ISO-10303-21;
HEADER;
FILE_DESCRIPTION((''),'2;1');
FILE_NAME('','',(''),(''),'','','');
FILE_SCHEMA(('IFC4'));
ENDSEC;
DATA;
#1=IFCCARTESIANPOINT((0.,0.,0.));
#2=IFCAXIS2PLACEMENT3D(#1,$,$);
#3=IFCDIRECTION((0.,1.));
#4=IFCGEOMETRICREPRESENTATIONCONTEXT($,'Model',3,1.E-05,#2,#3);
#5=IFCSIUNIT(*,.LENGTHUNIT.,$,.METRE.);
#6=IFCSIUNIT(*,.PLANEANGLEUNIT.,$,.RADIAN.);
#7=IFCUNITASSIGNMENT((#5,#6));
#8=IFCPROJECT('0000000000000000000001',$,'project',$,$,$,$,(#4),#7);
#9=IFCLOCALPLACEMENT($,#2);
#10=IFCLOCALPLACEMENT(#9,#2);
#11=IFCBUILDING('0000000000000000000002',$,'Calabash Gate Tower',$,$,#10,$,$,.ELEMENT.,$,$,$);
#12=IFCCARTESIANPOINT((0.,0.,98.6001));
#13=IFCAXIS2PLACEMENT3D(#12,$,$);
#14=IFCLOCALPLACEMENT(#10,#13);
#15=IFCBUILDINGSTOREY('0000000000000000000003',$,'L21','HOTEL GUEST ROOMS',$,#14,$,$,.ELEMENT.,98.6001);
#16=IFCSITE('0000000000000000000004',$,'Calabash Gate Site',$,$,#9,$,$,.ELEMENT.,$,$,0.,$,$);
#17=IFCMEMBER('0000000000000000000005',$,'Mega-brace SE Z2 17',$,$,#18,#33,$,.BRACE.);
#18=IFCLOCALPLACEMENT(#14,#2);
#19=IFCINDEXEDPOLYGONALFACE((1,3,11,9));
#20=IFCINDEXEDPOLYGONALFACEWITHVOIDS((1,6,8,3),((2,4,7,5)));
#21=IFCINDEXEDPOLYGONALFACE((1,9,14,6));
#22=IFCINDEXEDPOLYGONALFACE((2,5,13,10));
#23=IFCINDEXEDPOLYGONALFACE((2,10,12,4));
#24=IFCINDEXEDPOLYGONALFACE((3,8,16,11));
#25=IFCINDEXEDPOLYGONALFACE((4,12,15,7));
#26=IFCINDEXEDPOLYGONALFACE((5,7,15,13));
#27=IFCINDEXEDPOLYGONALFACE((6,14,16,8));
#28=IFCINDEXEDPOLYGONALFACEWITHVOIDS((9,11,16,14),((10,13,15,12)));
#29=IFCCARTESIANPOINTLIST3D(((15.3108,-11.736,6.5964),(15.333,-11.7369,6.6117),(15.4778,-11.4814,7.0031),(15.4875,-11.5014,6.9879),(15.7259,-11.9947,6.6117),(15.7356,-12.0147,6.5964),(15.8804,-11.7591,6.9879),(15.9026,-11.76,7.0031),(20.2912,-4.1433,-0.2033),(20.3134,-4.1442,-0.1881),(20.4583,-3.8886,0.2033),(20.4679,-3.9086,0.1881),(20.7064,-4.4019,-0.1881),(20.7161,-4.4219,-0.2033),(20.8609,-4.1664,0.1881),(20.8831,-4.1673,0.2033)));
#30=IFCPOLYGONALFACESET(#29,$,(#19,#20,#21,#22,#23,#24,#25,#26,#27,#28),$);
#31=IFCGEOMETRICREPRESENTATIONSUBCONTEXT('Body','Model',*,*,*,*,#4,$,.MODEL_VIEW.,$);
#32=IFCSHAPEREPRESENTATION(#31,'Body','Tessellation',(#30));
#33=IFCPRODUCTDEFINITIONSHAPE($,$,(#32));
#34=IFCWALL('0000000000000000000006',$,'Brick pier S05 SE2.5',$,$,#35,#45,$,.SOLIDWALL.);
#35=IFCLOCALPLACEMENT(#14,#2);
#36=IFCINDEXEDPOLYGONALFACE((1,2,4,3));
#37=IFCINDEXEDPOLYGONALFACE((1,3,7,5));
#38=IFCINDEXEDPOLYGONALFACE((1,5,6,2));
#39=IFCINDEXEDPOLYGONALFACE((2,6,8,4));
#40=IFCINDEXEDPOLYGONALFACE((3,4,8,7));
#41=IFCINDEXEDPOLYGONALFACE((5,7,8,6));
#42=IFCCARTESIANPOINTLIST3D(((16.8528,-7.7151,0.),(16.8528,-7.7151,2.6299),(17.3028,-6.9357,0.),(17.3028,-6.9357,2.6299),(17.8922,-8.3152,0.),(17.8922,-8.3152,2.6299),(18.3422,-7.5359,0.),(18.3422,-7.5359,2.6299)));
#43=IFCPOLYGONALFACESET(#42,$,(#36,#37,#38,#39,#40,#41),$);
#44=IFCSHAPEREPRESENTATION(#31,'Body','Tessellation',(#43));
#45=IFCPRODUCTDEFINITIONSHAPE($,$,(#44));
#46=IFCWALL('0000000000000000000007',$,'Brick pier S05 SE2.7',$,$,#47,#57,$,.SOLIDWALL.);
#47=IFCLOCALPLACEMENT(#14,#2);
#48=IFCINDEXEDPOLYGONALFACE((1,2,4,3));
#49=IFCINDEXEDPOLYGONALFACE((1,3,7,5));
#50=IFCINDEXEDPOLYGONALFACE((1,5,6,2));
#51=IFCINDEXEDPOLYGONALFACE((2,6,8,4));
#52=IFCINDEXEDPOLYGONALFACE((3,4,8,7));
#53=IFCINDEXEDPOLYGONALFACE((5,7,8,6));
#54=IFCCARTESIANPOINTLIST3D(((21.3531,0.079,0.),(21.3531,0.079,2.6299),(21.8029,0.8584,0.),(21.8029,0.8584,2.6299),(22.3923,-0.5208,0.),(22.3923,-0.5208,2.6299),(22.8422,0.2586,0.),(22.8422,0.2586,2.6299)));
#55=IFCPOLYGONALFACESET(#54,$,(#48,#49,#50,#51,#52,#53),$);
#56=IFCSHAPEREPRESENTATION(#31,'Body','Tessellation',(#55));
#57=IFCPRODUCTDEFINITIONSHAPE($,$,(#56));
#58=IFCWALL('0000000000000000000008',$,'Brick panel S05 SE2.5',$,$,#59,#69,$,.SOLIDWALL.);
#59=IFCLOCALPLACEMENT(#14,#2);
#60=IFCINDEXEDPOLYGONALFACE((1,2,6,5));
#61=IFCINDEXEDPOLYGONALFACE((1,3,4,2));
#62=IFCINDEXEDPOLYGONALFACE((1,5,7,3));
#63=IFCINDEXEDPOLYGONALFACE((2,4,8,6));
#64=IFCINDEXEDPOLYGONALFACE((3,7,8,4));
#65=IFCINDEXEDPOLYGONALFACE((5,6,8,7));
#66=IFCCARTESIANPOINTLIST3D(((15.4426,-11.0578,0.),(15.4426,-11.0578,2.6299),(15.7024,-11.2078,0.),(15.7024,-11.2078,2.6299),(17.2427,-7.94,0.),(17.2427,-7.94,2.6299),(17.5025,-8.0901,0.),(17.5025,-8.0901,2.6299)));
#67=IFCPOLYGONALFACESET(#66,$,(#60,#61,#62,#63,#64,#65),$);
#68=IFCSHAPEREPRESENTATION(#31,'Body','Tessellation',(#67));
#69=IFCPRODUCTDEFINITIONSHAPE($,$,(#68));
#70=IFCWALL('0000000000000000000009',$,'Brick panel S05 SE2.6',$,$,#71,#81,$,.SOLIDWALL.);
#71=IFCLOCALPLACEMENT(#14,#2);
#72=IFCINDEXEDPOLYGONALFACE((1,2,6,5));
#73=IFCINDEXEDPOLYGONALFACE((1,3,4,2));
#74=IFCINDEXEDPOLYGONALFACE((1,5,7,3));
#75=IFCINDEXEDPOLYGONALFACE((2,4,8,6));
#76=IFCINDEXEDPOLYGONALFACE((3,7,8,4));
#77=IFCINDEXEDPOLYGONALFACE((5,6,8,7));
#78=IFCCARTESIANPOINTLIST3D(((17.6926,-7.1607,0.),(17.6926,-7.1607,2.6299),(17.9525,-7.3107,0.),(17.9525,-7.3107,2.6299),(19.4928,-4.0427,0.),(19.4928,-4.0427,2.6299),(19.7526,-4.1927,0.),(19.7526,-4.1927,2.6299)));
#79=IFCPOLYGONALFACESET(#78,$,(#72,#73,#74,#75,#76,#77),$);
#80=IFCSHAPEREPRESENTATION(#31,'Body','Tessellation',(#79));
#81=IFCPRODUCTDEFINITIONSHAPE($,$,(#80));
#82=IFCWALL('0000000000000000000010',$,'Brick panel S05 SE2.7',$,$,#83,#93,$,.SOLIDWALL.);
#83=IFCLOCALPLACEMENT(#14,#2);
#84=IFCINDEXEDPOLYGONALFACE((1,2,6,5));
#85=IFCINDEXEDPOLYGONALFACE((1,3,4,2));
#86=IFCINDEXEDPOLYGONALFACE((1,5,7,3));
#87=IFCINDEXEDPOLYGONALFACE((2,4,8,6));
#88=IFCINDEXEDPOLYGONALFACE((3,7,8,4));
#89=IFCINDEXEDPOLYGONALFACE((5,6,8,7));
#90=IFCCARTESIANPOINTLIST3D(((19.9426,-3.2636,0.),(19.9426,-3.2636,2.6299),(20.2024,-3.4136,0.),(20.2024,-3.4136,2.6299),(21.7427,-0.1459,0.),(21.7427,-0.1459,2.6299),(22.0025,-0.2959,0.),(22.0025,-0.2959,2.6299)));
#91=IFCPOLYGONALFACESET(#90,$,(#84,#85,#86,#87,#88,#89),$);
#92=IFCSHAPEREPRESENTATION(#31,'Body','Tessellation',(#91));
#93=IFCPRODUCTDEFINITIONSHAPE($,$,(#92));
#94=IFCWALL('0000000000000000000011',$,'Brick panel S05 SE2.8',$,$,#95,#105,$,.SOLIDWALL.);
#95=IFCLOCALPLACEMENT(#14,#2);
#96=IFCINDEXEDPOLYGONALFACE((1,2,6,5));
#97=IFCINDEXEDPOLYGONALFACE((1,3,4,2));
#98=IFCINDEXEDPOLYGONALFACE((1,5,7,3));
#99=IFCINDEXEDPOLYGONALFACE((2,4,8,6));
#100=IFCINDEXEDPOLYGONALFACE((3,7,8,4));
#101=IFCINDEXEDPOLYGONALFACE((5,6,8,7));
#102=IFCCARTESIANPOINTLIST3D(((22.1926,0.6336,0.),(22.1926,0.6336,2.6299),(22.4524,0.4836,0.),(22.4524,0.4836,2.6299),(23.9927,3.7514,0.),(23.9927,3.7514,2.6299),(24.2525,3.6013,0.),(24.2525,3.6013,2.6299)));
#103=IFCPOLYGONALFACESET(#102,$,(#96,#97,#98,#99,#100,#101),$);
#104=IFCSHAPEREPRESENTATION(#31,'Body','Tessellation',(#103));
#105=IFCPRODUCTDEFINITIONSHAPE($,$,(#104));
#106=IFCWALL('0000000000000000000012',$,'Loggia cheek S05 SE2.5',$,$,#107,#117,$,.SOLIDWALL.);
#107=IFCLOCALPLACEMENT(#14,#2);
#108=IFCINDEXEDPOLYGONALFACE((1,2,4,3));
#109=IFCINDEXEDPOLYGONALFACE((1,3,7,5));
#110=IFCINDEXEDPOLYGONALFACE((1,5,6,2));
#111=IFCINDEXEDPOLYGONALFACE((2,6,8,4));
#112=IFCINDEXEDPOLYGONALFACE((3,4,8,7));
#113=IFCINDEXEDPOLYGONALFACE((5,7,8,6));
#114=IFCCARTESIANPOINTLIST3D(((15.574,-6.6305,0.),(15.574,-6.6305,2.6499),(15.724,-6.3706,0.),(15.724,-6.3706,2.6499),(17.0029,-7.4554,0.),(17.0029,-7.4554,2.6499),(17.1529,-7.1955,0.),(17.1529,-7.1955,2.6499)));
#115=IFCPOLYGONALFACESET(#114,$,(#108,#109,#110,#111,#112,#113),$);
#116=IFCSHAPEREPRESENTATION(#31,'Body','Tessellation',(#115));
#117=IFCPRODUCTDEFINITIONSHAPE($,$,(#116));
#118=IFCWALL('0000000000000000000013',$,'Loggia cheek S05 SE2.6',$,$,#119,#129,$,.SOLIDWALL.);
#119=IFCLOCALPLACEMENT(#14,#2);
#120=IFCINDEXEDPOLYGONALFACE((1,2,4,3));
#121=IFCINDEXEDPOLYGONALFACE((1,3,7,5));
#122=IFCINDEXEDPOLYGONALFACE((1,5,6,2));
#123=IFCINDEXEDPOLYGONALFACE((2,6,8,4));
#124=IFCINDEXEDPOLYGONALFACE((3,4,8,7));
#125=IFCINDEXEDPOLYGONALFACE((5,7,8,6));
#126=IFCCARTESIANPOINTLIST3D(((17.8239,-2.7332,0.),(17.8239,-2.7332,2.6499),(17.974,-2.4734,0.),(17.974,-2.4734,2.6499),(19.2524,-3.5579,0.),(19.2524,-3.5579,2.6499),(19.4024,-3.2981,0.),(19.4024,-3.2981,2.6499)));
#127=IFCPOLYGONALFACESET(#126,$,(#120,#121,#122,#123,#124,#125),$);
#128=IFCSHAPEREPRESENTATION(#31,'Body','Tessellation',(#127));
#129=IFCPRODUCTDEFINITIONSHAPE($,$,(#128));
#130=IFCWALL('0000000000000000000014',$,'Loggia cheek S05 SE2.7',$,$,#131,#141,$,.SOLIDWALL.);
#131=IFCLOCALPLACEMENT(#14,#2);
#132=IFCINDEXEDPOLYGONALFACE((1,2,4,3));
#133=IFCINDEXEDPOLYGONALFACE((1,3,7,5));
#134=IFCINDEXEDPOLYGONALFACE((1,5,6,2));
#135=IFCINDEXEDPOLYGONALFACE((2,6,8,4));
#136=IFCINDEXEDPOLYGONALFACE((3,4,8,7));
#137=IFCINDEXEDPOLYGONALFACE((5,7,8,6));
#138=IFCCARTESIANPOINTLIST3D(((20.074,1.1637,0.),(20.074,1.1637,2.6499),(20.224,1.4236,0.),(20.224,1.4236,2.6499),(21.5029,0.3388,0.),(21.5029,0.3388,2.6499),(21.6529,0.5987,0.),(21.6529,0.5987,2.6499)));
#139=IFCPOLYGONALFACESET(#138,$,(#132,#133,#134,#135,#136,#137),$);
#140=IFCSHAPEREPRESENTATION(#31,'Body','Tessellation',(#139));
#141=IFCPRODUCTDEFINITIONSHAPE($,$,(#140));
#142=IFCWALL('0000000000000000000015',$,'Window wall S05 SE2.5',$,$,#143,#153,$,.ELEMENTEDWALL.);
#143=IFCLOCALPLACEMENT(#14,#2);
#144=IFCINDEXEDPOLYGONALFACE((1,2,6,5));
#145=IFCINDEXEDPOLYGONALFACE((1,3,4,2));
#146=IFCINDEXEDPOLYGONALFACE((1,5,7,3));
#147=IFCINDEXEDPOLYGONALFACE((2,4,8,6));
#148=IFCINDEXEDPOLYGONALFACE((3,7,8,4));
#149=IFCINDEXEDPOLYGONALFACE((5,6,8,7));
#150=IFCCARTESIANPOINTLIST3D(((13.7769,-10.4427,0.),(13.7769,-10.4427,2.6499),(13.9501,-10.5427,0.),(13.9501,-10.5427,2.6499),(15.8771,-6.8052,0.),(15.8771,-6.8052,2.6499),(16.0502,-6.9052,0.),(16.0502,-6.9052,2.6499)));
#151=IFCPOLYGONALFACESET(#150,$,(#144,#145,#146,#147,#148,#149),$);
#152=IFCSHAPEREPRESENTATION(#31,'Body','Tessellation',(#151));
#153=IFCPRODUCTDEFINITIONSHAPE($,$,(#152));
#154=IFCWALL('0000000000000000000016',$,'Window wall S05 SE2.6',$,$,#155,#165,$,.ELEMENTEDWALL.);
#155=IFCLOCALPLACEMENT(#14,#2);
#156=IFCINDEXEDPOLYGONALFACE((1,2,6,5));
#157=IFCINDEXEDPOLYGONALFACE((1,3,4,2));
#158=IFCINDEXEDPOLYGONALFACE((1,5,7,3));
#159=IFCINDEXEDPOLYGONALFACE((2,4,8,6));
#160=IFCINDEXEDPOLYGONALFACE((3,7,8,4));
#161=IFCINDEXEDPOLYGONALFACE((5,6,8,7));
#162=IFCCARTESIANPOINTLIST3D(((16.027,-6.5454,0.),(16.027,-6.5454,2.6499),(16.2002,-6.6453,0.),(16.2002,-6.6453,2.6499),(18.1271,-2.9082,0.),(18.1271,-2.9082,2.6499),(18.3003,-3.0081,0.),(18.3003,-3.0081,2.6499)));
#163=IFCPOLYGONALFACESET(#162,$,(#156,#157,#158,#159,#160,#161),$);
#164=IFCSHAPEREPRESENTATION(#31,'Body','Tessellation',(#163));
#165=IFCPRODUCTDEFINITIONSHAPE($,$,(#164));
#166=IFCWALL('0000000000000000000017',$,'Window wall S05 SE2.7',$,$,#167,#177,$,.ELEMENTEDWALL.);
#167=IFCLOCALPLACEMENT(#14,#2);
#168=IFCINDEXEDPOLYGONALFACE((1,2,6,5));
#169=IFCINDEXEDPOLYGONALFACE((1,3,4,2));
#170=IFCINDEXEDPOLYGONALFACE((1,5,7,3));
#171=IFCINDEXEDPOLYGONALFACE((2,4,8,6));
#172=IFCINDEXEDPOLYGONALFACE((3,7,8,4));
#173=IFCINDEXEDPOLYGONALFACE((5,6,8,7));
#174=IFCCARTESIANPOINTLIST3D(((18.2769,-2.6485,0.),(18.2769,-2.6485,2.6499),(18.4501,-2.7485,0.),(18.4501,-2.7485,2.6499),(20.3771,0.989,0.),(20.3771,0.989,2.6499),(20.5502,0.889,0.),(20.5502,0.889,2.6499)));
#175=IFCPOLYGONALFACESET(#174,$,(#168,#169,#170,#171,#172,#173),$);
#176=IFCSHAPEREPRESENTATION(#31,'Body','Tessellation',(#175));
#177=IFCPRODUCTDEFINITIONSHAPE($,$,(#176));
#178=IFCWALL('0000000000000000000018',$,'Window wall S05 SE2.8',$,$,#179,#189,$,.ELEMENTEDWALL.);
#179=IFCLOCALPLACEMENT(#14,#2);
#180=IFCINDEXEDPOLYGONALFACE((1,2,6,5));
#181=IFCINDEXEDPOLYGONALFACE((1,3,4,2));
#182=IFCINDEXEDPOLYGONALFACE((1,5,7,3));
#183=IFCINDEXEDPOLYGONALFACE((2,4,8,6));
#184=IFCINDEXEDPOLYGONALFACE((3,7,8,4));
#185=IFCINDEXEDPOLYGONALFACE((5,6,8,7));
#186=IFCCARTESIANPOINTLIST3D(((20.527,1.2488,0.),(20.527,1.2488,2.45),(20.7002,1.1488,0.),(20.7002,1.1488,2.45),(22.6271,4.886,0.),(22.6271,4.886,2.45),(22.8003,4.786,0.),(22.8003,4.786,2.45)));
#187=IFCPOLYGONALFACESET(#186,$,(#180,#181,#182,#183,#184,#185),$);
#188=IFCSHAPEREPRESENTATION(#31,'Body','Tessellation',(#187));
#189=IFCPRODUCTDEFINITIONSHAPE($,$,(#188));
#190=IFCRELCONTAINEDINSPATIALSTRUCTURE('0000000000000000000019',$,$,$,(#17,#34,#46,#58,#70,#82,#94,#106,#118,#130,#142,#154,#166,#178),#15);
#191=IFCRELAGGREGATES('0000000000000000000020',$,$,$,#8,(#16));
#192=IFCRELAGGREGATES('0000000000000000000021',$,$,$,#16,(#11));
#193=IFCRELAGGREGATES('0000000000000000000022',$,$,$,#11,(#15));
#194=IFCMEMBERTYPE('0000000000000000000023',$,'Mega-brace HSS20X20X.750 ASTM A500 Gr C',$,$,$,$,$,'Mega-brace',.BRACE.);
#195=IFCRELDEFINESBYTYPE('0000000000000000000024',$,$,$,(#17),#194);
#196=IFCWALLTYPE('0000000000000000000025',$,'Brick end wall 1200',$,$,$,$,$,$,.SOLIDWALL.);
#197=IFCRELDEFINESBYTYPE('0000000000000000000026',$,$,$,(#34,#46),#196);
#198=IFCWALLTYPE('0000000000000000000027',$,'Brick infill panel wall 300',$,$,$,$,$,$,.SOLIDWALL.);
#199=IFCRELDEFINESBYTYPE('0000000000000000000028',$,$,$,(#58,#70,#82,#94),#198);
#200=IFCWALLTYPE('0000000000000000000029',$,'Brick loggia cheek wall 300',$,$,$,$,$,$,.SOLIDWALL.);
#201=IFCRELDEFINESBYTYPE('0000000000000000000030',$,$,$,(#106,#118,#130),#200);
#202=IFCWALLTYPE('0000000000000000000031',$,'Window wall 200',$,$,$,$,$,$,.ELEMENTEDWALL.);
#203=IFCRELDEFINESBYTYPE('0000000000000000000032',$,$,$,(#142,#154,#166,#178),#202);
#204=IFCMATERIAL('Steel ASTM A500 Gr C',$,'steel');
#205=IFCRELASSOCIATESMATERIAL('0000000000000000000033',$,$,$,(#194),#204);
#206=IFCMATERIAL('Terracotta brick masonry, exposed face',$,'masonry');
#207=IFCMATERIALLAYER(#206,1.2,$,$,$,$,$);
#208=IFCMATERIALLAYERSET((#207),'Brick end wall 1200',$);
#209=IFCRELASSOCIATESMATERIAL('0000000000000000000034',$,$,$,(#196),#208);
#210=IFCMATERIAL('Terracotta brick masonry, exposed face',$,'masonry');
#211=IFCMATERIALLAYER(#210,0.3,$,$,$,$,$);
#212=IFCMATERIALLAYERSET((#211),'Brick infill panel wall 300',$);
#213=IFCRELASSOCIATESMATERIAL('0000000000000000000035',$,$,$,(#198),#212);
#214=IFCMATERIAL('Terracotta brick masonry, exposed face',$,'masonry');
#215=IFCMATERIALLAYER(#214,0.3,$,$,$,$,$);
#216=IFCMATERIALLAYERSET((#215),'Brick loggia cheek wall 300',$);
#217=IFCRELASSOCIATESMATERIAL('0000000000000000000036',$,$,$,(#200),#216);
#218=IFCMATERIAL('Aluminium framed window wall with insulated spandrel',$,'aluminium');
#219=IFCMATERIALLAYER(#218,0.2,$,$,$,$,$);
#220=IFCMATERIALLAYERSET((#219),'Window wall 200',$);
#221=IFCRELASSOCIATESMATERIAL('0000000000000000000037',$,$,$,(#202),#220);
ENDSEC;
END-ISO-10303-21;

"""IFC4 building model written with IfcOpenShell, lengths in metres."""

from ifc_helpers import new_model, si_unit, direction, frame, frame_2d, origin, origin_2d, place, context, subcontext, project, spatial, rectangle, hollow_rectangle, extrude, material, layer, layer_set, material_profile, profile_set, type_object, element, save


model = new_model("IFC4")

# Units and contexts
model_context = context("Model", 3, precision=1e-05, world=origin(), true_north=direction((0.0, 1.0)))
body_context = subcontext(model_context, "Body", "Model", "MODEL_VIEW")
ifc_project = project(units=[si_unit("LENGTHUNIT", "METRE"), si_unit("PLANEANGLEUNIT", "RADIAN")], contexts=[model_context])

# Site, building, storey
site_placement = place(None, origin())
site = spatial("IfcSite", under=ifc_project, at=site_placement, Name="Calabash Gate Site", CompositionType="ELEMENT", RefElevation=0.0)
building_placement = place(site_placement, origin())
building = spatial("IfcBuilding", under=site, at=building_placement, Name="Calabash Gate Tower", CompositionType="ELEMENT")
storey_placement = place(building_placement, frame((0.0, 0.0, 98.6001)))
storey = spatial("IfcBuildingStorey", under=building, at=storey_placement, Name="L21", Description="HOTEL GUEST ROOMS", CompositionType="ELEMENT", Elevation=98.6001)

# Member
ifc_material_1 = material(Name="Steel ASTM A500 Gr C", Category="steel")
ifc_material_profile_1 = material_profile(ifc_material_1, hollow_rectangle(XDim=0.5081, YDim=0.5081, WallThickness=0.019, at=origin_2d()))
ifc_profile_set_1 = profile_set([ifc_material_profile_1], Name="Steel ASTM A500 Gr C")
member_type = type_object("IfcMemberType", Name="Mega-brace HSS20X20X.750 ASTM A500 Gr C", ElementType="Mega-brace", PredefinedType="BRACE", material=ifc_profile_set_1)
member_placement = place(storey_placement, frame((20.5872, -4.1553, 0.0), z_axis=(-0.439029, -0.669304, 0.599404), x_axis=(0.836164, -0.54848, 0.0)))
element("IfcMember", 1, at=member_placement, inside=storey, type_object=member_type, Name="Mega-brace SE Z2 17", PredefinedType="BRACE", context=body_context, shape_type="SweptSolid", body=[
    extrude(hollow_rectangle(XDim=0.5081, YDim=0.5081, WallThickness=0.019, at=origin_2d()), origin(), (0.0, 0.0, 1.0), 11.3442),
])

# Walls
ifc_material_2 = material(Name="Terracotta brick masonry, exposed face", Category="masonry")
ifc_layer_1 = layer(ifc_material_2, 1.2)
ifc_layer_set_1 = layer_set([ifc_layer_1], Name="Brick end wall 1200")
wall_type_1 = type_object("IfcWallType", Name="Brick end wall 1200", PredefinedType="SOLIDWALL", material=ifc_layer_set_1)
wall_1_placement = place(storey_placement, frame((18.1172, -7.9255, 0.0), z_axis=(0.0, 0.0, 1.0), x_axis=(-0.866006, 0.500034, 0.0)))
element("IfcWall", 2, at=wall_1_placement, inside=storey, type_object=wall_type_1, Name="Brick pier S05 SE2.5", PredefinedType="SOLIDWALL", context=body_context, shape_type="SweptSolid", body=[
    extrude(rectangle(XDim=1.2002, YDim=0.8999, at=frame_2d((0.6001, 0.0))), origin(), (0.0, 0.0, 1.0), 2.6299),
])
wall_2_placement = place(storey_placement, frame((21.5779, 0.4688, 0.0), z_axis=(0.0, 0.0, 1.0), x_axis=(0.866094, -0.499881, 0.0)))
element("IfcWall", 3, at=wall_2_placement, inside=storey, type_object=wall_type_1, Name="Brick pier S05 SE2.7", PredefinedType="SOLIDWALL", context=body_context, shape_type="SweptSolid", body=[
    extrude(rectangle(XDim=1.2, YDim=0.8999, at=frame_2d((0.6001, 0.0))), origin(), (0.0, 0.0, 1.0), 2.6299),
])
ifc_material_3 = material(Name="Terracotta brick masonry, exposed face", Category="masonry")
ifc_layer_2 = layer(ifc_material_3, 0.3)
ifc_layer_set_2 = layer_set([ifc_layer_2], Name="Brick infill panel wall 300")
wall_type_2 = type_object("IfcWallType", Name="Brick infill panel wall 300", PredefinedType="SOLIDWALL", material=ifc_layer_set_2)
wall_3_placement = place(storey_placement, frame((15.5725, -11.1328, 0.0), z_axis=(0.0, 0.0, 1.0), x_axis=(0.500012, 0.866018, 0.0)))
element("IfcWall", 4, at=wall_3_placement, inside=storey, type_object=wall_type_2, Name="Brick panel S05 SE2.5", PredefinedType="SOLIDWALL", context=body_context, shape_type="SweptSolid", body=[
    extrude(rectangle(XDim=3.6001, YDim=0.3, at=frame_2d((1.8, 0.0))), origin(), (0.0, 0.0, 1.0), 2.6299),
])
wall_4_placement = place(storey_placement, frame((17.8225, -7.2358, 0.0), z_axis=(0.0, 0.0, 1.0), x_axis=(0.499983, 0.866035, 0.0)))
element("IfcWall", 5, at=wall_4_placement, inside=storey, type_object=wall_type_2, Name="Brick panel S05 SE2.6", PredefinedType="SOLIDWALL", context=body_context, shape_type="SweptSolid", body=[
    extrude(rectangle(XDim=3.6003, YDim=0.3, at=frame_2d((1.8003, 0.0))), origin(), (0.0, 0.0, 1.0), 2.6299),
])
for number, where, z_axis, x_axis, name in (
    (6, (20.0725, -3.3386, 0.0), (0.0, 0.0, 1.0), (0.500012, 0.866018, 0.0), "Brick panel S05 SE2.7"),
    (7, (22.3225, 0.5586, 0.0), (0.0, 0.0, 1.0), (0.500012, 0.866018, 0.0), "Brick panel S05 SE2.8"),
):
    element("IfcWall", number, at=place(storey_placement, frame(where, z_axis=z_axis, x_axis=x_axis)), inside=storey, type_object=wall_type_2, Name=name, PredefinedType="SOLIDWALL", context=body_context, shape_type="SweptSolid", body=[
        extrude(rectangle(XDim=3.6001, YDim=0.3, at=frame_2d((1.8, 0.0))), origin(), (0.0, 0.0, 1.0), 2.6299),
    ])
ifc_material_4 = material(Name="Terracotta brick masonry, exposed face", Category="masonry")
ifc_layer_3 = layer(ifc_material_4, 0.3)
ifc_layer_set_3 = layer_set([ifc_layer_3], Name="Brick loggia cheek wall 300")
wall_type_3 = type_object("IfcWallType", Name="Brick loggia cheek wall 300", PredefinedType="SOLIDWALL", material=ifc_layer_set_3)
wall_5_placement = place(storey_placement, frame((17.0779, -7.3254, 0.0), z_axis=(0.0, 0.0, 1.0), x_axis=(-0.86604, 0.499974, 0.0)))
element("IfcWall", 8, at=wall_5_placement, inside=storey, type_object=wall_type_3, Name="Loggia cheek S05 SE2.5", PredefinedType="SOLIDWALL", context=body_context, shape_type="SweptSolid", body=[
    extrude(rectangle(XDim=1.6499, YDim=0.3, at=frame_2d((0.825, 0.0))), origin(), (0.0, 0.0, 1.0), 2.6499),
])
wall_6_placement = place(storey_placement, frame((19.3274, -3.428, 0.0), z_axis=(0.0, 0.0, 1.0), x_axis=(-0.86603, 0.499992, 0.0)))
element("IfcWall", 9, at=wall_6_placement, inside=storey, type_object=wall_type_3, Name="Loggia cheek S05 SE2.6", PredefinedType="SOLIDWALL", context=body_context, shape_type="SweptSolid", body=[
    extrude(rectangle(XDim=1.6494, YDim=0.3, at=frame_2d((0.8247, 0.0))), origin(), (0.0, 0.0, 1.0), 2.6499),
])
wall_7_placement = place(storey_placement, frame((21.5779, 0.4688, 0.0), z_axis=(0.0, 0.0, 1.0), x_axis=(-0.86604, 0.499974, 0.0)))
element("IfcWall", 10, at=wall_7_placement, inside=storey, type_object=wall_type_3, Name="Loggia cheek S05 SE2.7", PredefinedType="SOLIDWALL", context=body_context, shape_type="SweptSolid", body=[
    extrude(rectangle(XDim=1.6499, YDim=0.3, at=frame_2d((0.825, 0.0))), origin(), (0.0, 0.0, 1.0), 2.6499),
])
ifc_material_5 = material(Name="Aluminium framed window wall with insulated spandrel", Category="aluminium")
ifc_layer_4 = layer(ifc_material_5, 0.2)
ifc_layer_set_4 = layer_set([ifc_layer_4], Name="Window wall 200")
wall_type_4 = type_object("IfcWallType", Name="Window wall 200", PredefinedType="ELEMENTEDWALL", material=ifc_layer_set_4)
wall_8_placement = place(storey_placement, frame((13.8635, -10.4927, 0.0), z_axis=(0.0, 0.0, 1.0), x_axis=(0.500003, 0.866024, 0.0)))
element("IfcWall", 11, at=wall_8_placement, inside=storey, type_object=wall_type_4, Name="Window wall S05 SE2.5", PredefinedType="ELEMENTEDWALL", context=body_context, shape_type="SweptSolid", body=[
    extrude(rectangle(XDim=4.2002, YDim=0.2, at=frame_2d((2.1001, 0.0))), origin(), (0.0, 0.0, 1.0), 2.6499),
])
wall_9_placement = place(storey_placement, frame((16.1135, -6.5955, 0.0), z_axis=(0.0, 0.0, 1.0), x_axis=(0.500028, 0.866009, 0.0)))
element("IfcWall", 12, at=wall_9_placement, inside=storey, type_object=wall_type_4, Name="Window wall S05 SE2.6", PredefinedType="ELEMENTEDWALL", context=body_context, shape_type="SweptSolid", body=[
    extrude(rectangle(XDim=4.2, YDim=0.2, at=frame_2d((2.1001, 0.0))), origin(), (0.0, 0.0, 1.0), 2.6499),
])
wall_10_placement = place(storey_placement, frame((18.3635, -2.6985, 0.0), z_axis=(0.0, 0.0, 1.0), x_axis=(0.500003, 0.866024, 0.0)))
element("IfcWall", 13, at=wall_10_placement, inside=storey, type_object=wall_type_4, Name="Window wall S05 SE2.7", PredefinedType="ELEMENTEDWALL", context=body_context, shape_type="SweptSolid", body=[
    extrude(rectangle(XDim=4.2002, YDim=0.2, at=frame_2d((2.1001, 0.0))), origin(), (0.0, 0.0, 1.0), 2.6499),
])
wall_11_placement = place(storey_placement, frame((20.6135, 1.1987, 0.0), z_axis=(0.0, 0.0, 1.0), x_axis=(0.500028, 0.866009, 0.0)))
element("IfcWall", 14, at=wall_11_placement, inside=storey, type_object=wall_type_4, Name="Window wall S05 SE2.8", PredefinedType="ELEMENTEDWALL", context=body_context, shape_type="SweptSolid", body=[
    extrude(rectangle(XDim=4.2, YDim=0.2, at=frame_2d((2.1001, 0.0))), origin(), (0.0, 0.0, 1.0), 2.45),
])

save(model, "model.ifc")
